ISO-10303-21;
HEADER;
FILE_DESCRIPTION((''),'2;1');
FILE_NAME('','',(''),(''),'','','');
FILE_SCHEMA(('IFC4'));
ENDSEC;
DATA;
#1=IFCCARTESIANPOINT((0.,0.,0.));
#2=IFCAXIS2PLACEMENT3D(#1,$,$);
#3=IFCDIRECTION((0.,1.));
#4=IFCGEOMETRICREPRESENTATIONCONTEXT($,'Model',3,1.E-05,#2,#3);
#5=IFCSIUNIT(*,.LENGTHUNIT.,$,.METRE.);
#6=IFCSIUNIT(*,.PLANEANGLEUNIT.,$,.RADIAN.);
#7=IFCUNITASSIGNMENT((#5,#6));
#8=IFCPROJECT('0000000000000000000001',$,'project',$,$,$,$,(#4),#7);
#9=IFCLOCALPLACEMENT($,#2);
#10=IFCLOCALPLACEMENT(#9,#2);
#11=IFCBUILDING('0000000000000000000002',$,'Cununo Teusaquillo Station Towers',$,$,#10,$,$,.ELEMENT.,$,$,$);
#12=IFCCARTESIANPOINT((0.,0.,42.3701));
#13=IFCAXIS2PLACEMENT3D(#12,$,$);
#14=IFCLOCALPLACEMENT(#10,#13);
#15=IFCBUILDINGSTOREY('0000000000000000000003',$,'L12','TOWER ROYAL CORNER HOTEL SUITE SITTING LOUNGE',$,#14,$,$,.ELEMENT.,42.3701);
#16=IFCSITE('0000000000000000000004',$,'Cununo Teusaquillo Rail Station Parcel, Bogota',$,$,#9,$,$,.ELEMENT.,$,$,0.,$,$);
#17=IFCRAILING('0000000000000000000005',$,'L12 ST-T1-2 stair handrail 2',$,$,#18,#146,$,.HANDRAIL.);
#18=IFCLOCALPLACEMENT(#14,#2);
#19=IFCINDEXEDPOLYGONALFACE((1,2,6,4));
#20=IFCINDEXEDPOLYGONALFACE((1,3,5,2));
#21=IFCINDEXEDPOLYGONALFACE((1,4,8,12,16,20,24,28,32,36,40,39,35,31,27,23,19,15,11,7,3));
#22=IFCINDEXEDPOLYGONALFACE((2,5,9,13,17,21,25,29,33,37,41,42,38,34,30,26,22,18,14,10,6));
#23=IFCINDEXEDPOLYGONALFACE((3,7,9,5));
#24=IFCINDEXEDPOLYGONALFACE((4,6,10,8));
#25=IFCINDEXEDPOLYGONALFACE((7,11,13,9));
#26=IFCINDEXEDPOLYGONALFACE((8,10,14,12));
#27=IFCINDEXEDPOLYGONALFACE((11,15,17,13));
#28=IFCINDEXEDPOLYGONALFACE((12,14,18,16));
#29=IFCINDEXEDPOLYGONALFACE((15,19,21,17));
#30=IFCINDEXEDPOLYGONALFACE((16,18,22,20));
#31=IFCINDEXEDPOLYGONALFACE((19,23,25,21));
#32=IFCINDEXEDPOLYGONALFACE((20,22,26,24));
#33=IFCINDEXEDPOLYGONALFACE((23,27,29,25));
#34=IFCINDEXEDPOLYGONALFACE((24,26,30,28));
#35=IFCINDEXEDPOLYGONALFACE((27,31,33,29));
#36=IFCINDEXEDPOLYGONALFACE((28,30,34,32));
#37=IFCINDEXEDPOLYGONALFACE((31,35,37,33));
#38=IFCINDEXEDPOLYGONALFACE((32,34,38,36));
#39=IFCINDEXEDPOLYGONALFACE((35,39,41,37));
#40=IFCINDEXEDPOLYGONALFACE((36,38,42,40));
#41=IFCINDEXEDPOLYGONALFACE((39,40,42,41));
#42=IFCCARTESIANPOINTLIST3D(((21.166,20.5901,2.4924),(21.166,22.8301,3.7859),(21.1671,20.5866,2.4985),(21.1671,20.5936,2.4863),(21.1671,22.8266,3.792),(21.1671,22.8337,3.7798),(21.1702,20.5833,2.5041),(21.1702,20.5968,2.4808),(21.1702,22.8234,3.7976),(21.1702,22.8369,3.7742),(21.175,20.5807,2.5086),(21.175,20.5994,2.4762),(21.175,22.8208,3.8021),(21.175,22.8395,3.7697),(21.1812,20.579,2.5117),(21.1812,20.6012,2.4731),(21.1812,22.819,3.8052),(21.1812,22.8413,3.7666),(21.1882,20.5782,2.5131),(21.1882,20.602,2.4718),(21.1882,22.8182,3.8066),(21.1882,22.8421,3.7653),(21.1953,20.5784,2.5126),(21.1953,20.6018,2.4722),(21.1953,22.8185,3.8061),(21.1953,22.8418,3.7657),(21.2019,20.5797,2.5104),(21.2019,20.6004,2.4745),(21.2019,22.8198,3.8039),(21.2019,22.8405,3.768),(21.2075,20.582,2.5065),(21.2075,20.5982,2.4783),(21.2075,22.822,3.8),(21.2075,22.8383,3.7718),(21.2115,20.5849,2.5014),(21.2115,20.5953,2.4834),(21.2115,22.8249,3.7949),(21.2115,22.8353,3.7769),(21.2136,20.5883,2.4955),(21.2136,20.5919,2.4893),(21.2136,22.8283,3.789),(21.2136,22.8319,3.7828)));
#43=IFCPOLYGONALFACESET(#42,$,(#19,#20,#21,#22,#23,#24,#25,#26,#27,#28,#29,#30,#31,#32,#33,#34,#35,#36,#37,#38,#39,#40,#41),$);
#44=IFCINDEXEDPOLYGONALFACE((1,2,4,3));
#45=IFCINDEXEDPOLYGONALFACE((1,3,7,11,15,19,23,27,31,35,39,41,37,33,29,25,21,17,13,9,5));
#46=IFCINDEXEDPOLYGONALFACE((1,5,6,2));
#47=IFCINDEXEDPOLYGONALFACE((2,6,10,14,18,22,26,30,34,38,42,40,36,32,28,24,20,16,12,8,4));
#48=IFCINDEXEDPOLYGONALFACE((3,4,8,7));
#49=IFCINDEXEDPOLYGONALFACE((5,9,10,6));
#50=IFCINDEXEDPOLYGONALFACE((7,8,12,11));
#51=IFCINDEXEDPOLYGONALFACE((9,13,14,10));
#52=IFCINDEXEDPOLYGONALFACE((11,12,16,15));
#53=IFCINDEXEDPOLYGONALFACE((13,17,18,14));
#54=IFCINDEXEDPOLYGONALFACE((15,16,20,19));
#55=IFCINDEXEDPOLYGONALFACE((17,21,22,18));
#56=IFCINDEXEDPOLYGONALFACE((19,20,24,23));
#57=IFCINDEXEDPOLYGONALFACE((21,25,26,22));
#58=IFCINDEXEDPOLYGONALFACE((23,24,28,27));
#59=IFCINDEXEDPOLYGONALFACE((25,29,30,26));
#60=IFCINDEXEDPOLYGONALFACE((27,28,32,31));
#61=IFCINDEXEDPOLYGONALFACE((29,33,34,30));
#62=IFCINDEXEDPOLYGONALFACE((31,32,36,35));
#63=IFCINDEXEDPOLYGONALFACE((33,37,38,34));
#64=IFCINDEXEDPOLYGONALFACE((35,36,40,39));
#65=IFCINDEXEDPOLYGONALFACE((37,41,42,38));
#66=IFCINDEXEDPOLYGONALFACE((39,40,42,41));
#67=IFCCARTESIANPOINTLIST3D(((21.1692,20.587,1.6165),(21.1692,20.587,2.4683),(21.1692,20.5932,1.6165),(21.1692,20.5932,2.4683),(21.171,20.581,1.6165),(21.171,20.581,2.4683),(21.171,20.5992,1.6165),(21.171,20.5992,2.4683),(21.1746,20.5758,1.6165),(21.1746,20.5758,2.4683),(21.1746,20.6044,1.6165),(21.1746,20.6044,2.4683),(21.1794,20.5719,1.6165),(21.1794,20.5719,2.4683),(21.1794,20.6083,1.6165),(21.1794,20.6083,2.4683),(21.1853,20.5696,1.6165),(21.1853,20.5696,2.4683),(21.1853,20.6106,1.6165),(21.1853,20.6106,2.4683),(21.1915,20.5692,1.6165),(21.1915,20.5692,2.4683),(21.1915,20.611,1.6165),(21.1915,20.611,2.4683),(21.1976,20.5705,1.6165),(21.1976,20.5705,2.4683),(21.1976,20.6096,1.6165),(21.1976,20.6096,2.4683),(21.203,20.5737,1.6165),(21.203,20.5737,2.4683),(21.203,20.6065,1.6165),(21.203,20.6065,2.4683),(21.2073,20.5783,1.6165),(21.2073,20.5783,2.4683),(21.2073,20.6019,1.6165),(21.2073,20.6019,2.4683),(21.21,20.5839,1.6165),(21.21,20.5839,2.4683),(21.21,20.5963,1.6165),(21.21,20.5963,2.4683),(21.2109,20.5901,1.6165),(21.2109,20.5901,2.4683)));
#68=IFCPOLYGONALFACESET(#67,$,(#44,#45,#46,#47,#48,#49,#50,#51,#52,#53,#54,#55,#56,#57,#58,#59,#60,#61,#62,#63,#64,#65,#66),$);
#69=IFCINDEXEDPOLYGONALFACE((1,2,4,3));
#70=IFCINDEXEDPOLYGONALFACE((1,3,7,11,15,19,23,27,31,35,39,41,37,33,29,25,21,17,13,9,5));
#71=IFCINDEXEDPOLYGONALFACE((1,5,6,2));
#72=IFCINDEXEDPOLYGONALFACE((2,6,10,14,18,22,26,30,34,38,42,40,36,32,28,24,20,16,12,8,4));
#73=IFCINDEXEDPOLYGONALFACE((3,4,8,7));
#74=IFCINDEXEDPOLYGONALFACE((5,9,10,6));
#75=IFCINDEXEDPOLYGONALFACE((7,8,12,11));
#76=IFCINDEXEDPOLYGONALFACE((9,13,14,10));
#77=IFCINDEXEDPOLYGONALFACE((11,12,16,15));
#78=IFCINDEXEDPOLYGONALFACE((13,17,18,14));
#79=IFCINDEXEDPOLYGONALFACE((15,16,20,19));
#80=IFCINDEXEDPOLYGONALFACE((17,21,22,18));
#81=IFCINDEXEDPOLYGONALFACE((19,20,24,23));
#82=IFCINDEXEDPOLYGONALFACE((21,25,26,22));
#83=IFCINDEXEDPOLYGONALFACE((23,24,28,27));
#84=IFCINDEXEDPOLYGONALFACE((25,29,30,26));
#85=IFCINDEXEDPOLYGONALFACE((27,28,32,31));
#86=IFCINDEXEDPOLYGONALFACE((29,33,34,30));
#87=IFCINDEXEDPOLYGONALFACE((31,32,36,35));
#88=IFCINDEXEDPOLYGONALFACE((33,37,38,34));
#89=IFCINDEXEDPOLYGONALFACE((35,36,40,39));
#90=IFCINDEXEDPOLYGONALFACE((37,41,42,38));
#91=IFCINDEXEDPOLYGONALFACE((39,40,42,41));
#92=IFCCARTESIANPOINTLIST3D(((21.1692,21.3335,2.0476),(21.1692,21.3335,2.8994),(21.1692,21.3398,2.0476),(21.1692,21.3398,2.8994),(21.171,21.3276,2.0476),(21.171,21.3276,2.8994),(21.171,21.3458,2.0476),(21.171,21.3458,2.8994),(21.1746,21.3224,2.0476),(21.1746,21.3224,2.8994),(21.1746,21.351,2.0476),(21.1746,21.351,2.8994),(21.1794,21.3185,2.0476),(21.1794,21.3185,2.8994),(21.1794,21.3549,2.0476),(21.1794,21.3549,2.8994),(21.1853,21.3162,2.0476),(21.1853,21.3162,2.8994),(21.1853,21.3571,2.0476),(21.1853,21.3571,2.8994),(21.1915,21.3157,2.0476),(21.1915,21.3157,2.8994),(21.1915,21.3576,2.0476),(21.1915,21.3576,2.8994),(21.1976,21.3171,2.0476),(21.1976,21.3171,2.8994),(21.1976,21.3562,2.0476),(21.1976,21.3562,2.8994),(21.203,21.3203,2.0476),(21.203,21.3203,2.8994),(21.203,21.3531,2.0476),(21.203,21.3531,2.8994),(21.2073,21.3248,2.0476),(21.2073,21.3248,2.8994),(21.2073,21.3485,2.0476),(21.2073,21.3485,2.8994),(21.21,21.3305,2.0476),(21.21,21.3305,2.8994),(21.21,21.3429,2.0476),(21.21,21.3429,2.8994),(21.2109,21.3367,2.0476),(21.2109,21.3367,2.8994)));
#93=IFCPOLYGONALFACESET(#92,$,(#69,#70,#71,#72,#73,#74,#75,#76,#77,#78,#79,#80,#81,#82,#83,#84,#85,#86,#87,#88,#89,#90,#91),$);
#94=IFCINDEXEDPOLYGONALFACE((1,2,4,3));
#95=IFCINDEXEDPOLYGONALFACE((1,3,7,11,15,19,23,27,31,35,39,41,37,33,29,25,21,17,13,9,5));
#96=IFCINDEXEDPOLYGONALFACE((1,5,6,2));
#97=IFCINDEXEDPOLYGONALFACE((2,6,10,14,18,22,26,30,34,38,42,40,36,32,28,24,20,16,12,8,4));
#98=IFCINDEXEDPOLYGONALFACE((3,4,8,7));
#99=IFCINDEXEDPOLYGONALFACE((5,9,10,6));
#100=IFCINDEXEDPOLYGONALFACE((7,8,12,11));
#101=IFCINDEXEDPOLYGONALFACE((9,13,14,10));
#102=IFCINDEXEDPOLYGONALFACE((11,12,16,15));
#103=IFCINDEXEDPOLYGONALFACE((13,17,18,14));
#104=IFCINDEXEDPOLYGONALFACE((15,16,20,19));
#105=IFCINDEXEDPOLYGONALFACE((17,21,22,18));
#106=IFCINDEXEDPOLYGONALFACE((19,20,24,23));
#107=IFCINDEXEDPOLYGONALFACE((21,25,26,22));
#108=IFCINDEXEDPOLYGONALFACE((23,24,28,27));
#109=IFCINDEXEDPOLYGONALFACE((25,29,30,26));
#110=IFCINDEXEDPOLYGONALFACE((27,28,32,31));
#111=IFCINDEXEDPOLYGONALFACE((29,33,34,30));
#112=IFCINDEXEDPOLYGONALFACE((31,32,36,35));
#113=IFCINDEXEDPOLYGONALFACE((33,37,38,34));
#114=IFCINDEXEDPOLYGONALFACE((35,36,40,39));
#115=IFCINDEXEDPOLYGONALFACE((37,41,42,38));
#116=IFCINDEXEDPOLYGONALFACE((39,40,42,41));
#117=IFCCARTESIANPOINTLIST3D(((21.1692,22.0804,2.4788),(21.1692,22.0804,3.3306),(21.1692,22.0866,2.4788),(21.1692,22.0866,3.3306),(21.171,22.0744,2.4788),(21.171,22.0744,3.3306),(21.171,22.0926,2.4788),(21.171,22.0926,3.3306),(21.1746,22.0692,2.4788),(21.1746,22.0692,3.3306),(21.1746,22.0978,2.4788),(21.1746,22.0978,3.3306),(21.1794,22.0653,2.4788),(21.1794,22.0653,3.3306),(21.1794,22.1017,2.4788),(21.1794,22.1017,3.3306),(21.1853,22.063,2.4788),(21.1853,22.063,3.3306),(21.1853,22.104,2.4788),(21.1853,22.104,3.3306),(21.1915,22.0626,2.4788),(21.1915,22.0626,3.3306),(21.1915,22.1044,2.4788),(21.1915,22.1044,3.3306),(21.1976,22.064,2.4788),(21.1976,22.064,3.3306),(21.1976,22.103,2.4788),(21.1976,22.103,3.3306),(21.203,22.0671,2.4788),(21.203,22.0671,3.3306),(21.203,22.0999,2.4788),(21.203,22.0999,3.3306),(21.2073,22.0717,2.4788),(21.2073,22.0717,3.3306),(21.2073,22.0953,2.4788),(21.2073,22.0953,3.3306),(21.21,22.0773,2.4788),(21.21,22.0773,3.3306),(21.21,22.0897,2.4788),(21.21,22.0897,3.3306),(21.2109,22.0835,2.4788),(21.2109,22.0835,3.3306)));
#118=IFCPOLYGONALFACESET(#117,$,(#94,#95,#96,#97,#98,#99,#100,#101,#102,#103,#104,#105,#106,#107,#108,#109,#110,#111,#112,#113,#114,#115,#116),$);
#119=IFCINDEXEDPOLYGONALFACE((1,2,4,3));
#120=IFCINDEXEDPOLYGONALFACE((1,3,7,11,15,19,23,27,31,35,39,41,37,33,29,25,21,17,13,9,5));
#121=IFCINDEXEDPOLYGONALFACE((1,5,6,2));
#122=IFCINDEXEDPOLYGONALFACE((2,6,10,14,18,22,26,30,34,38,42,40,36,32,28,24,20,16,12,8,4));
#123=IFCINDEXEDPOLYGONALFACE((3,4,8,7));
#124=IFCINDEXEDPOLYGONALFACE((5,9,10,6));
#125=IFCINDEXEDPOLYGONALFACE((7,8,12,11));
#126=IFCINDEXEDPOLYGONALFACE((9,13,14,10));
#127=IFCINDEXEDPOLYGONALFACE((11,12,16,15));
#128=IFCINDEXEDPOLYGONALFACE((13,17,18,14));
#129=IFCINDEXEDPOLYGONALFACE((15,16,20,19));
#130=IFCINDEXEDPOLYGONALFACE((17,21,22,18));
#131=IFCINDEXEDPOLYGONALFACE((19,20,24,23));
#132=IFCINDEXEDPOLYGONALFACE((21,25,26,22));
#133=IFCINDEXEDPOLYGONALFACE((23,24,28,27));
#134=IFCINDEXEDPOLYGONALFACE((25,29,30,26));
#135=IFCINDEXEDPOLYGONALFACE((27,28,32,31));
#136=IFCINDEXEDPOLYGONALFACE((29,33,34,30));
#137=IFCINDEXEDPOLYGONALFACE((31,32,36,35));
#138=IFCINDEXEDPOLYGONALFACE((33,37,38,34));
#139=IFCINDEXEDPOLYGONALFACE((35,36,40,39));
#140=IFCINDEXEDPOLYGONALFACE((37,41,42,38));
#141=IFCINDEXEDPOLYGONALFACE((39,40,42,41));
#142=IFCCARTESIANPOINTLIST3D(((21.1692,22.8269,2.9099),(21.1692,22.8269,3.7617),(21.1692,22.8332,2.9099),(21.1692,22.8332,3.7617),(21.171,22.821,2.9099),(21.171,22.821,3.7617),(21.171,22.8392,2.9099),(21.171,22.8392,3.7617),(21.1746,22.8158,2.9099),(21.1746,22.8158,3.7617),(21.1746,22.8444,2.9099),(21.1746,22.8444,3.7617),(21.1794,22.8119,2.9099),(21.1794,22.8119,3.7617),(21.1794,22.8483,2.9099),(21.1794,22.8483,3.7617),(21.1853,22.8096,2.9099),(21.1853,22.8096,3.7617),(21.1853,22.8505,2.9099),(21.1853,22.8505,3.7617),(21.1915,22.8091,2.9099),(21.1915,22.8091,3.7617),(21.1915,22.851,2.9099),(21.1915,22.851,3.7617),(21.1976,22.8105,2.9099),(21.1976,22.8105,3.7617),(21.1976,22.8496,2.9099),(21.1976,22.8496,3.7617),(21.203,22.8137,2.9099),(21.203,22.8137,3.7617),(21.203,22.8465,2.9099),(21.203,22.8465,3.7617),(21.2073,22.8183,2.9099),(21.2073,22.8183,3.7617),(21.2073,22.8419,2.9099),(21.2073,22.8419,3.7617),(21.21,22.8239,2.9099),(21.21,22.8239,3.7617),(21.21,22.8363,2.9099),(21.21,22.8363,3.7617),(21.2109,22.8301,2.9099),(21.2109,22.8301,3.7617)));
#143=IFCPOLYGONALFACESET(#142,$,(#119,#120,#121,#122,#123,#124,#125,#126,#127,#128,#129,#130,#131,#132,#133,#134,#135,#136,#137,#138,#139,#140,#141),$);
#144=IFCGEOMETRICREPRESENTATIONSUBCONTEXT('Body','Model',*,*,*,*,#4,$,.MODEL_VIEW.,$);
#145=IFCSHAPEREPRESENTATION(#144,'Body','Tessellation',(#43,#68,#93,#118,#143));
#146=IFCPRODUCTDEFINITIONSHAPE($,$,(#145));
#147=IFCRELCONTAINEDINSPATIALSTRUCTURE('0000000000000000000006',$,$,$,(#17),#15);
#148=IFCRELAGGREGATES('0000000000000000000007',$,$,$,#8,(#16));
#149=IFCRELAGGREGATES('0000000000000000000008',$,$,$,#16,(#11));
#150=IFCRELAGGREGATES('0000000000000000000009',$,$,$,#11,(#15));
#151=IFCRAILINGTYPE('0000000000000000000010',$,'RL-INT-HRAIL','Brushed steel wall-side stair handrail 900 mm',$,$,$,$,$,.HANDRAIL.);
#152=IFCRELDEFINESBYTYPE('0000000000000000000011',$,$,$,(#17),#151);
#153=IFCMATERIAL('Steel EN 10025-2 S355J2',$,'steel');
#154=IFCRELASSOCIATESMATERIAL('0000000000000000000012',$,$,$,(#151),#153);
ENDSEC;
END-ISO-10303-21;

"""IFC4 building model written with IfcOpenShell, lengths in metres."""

from ifc_helpers import new_model, si_unit, direction, frame, origin, origin_2d, place, context, subcontext, project, spatial, circle, extrude, material, type_object, element, save


model = new_model("IFC4")

# Units and contexts
model_context = context("Model", 3, precision=1e-05, world=origin(), true_north=direction((0.0, 1.0)))
body_context = subcontext(model_context, "Body", "Model", "MODEL_VIEW")
ifc_project = project(units=[si_unit("LENGTHUNIT", "METRE"), si_unit("PLANEANGLEUNIT", "RADIAN")], contexts=[model_context])

# Site, building, storey
site_placement = place(None, origin())
site = spatial("IfcSite", under=ifc_project, at=site_placement, Name="Cununo Teusaquillo Rail Station Parcel, Bogota", CompositionType="ELEMENT", RefElevation=0.0)
building_placement = place(site_placement, origin())
building = spatial("IfcBuilding", under=site, at=building_placement, Name="Cununo Teusaquillo Station Towers", CompositionType="ELEMENT")
storey_placement = place(building_placement, frame((0.0, 0.0, 42.3701)))
storey = spatial("IfcBuildingStorey", under=building, at=storey_placement, Name="L12", Description="TOWER ROYAL CORNER HOTEL SUITE SITTING LOUNGE", CompositionType="ELEMENT", Elevation=42.3701)

# Railing
ifc_material_1 = material(Name="Steel EN 10025-2 S355J2", Category="steel")
railing_type_1 = type_object("IfcRailingType", Name="RL-INT-HRAIL", Description="Brushed steel wall-side stair handrail 900 mm", PredefinedType="HANDRAIL", material=ifc_material_1)
railing_1_placement = place(storey_placement, frame((21.1899, 20.5901, 1.6165)))
element("IfcRailing", 1, at=railing_1_placement, inside=storey, type_object=railing_type_1, Name="L12 ST-T1-2 stair handrail 2", PredefinedType="HANDRAIL", context=body_context, shape_type="SweptSolid", body=[
    extrude(circle(Radius=0.0239, at=origin_2d()), frame((0.0, 0.0, 0.876), z_axis=(0.0, 0.865992, 0.500057), x_axis=(-1.0, 0.0, 0.0)), (0.0, 0.0, 1.0), 2.5867),
    extrude(circle(Radius=0.021, at=origin_2d()), origin(), (0.0, 0.0, 1.0), 0.8518),
    extrude(circle(Radius=0.021, at=origin_2d()), frame((0.0, 0.7466, 0.4312)), (0.0, 0.0, 1.0), 0.8518),
    extrude(circle(Radius=0.021, at=origin_2d()), frame((0.0, 1.4934, 0.8623)), (0.0, 0.0, 1.0), 0.8518),
    extrude(circle(Radius=0.021, at=origin_2d()), frame((0.0, 2.24, 1.2935)), (0.0, 0.0, 1.0), 0.8518),
])

save(model, "model.ifc")
